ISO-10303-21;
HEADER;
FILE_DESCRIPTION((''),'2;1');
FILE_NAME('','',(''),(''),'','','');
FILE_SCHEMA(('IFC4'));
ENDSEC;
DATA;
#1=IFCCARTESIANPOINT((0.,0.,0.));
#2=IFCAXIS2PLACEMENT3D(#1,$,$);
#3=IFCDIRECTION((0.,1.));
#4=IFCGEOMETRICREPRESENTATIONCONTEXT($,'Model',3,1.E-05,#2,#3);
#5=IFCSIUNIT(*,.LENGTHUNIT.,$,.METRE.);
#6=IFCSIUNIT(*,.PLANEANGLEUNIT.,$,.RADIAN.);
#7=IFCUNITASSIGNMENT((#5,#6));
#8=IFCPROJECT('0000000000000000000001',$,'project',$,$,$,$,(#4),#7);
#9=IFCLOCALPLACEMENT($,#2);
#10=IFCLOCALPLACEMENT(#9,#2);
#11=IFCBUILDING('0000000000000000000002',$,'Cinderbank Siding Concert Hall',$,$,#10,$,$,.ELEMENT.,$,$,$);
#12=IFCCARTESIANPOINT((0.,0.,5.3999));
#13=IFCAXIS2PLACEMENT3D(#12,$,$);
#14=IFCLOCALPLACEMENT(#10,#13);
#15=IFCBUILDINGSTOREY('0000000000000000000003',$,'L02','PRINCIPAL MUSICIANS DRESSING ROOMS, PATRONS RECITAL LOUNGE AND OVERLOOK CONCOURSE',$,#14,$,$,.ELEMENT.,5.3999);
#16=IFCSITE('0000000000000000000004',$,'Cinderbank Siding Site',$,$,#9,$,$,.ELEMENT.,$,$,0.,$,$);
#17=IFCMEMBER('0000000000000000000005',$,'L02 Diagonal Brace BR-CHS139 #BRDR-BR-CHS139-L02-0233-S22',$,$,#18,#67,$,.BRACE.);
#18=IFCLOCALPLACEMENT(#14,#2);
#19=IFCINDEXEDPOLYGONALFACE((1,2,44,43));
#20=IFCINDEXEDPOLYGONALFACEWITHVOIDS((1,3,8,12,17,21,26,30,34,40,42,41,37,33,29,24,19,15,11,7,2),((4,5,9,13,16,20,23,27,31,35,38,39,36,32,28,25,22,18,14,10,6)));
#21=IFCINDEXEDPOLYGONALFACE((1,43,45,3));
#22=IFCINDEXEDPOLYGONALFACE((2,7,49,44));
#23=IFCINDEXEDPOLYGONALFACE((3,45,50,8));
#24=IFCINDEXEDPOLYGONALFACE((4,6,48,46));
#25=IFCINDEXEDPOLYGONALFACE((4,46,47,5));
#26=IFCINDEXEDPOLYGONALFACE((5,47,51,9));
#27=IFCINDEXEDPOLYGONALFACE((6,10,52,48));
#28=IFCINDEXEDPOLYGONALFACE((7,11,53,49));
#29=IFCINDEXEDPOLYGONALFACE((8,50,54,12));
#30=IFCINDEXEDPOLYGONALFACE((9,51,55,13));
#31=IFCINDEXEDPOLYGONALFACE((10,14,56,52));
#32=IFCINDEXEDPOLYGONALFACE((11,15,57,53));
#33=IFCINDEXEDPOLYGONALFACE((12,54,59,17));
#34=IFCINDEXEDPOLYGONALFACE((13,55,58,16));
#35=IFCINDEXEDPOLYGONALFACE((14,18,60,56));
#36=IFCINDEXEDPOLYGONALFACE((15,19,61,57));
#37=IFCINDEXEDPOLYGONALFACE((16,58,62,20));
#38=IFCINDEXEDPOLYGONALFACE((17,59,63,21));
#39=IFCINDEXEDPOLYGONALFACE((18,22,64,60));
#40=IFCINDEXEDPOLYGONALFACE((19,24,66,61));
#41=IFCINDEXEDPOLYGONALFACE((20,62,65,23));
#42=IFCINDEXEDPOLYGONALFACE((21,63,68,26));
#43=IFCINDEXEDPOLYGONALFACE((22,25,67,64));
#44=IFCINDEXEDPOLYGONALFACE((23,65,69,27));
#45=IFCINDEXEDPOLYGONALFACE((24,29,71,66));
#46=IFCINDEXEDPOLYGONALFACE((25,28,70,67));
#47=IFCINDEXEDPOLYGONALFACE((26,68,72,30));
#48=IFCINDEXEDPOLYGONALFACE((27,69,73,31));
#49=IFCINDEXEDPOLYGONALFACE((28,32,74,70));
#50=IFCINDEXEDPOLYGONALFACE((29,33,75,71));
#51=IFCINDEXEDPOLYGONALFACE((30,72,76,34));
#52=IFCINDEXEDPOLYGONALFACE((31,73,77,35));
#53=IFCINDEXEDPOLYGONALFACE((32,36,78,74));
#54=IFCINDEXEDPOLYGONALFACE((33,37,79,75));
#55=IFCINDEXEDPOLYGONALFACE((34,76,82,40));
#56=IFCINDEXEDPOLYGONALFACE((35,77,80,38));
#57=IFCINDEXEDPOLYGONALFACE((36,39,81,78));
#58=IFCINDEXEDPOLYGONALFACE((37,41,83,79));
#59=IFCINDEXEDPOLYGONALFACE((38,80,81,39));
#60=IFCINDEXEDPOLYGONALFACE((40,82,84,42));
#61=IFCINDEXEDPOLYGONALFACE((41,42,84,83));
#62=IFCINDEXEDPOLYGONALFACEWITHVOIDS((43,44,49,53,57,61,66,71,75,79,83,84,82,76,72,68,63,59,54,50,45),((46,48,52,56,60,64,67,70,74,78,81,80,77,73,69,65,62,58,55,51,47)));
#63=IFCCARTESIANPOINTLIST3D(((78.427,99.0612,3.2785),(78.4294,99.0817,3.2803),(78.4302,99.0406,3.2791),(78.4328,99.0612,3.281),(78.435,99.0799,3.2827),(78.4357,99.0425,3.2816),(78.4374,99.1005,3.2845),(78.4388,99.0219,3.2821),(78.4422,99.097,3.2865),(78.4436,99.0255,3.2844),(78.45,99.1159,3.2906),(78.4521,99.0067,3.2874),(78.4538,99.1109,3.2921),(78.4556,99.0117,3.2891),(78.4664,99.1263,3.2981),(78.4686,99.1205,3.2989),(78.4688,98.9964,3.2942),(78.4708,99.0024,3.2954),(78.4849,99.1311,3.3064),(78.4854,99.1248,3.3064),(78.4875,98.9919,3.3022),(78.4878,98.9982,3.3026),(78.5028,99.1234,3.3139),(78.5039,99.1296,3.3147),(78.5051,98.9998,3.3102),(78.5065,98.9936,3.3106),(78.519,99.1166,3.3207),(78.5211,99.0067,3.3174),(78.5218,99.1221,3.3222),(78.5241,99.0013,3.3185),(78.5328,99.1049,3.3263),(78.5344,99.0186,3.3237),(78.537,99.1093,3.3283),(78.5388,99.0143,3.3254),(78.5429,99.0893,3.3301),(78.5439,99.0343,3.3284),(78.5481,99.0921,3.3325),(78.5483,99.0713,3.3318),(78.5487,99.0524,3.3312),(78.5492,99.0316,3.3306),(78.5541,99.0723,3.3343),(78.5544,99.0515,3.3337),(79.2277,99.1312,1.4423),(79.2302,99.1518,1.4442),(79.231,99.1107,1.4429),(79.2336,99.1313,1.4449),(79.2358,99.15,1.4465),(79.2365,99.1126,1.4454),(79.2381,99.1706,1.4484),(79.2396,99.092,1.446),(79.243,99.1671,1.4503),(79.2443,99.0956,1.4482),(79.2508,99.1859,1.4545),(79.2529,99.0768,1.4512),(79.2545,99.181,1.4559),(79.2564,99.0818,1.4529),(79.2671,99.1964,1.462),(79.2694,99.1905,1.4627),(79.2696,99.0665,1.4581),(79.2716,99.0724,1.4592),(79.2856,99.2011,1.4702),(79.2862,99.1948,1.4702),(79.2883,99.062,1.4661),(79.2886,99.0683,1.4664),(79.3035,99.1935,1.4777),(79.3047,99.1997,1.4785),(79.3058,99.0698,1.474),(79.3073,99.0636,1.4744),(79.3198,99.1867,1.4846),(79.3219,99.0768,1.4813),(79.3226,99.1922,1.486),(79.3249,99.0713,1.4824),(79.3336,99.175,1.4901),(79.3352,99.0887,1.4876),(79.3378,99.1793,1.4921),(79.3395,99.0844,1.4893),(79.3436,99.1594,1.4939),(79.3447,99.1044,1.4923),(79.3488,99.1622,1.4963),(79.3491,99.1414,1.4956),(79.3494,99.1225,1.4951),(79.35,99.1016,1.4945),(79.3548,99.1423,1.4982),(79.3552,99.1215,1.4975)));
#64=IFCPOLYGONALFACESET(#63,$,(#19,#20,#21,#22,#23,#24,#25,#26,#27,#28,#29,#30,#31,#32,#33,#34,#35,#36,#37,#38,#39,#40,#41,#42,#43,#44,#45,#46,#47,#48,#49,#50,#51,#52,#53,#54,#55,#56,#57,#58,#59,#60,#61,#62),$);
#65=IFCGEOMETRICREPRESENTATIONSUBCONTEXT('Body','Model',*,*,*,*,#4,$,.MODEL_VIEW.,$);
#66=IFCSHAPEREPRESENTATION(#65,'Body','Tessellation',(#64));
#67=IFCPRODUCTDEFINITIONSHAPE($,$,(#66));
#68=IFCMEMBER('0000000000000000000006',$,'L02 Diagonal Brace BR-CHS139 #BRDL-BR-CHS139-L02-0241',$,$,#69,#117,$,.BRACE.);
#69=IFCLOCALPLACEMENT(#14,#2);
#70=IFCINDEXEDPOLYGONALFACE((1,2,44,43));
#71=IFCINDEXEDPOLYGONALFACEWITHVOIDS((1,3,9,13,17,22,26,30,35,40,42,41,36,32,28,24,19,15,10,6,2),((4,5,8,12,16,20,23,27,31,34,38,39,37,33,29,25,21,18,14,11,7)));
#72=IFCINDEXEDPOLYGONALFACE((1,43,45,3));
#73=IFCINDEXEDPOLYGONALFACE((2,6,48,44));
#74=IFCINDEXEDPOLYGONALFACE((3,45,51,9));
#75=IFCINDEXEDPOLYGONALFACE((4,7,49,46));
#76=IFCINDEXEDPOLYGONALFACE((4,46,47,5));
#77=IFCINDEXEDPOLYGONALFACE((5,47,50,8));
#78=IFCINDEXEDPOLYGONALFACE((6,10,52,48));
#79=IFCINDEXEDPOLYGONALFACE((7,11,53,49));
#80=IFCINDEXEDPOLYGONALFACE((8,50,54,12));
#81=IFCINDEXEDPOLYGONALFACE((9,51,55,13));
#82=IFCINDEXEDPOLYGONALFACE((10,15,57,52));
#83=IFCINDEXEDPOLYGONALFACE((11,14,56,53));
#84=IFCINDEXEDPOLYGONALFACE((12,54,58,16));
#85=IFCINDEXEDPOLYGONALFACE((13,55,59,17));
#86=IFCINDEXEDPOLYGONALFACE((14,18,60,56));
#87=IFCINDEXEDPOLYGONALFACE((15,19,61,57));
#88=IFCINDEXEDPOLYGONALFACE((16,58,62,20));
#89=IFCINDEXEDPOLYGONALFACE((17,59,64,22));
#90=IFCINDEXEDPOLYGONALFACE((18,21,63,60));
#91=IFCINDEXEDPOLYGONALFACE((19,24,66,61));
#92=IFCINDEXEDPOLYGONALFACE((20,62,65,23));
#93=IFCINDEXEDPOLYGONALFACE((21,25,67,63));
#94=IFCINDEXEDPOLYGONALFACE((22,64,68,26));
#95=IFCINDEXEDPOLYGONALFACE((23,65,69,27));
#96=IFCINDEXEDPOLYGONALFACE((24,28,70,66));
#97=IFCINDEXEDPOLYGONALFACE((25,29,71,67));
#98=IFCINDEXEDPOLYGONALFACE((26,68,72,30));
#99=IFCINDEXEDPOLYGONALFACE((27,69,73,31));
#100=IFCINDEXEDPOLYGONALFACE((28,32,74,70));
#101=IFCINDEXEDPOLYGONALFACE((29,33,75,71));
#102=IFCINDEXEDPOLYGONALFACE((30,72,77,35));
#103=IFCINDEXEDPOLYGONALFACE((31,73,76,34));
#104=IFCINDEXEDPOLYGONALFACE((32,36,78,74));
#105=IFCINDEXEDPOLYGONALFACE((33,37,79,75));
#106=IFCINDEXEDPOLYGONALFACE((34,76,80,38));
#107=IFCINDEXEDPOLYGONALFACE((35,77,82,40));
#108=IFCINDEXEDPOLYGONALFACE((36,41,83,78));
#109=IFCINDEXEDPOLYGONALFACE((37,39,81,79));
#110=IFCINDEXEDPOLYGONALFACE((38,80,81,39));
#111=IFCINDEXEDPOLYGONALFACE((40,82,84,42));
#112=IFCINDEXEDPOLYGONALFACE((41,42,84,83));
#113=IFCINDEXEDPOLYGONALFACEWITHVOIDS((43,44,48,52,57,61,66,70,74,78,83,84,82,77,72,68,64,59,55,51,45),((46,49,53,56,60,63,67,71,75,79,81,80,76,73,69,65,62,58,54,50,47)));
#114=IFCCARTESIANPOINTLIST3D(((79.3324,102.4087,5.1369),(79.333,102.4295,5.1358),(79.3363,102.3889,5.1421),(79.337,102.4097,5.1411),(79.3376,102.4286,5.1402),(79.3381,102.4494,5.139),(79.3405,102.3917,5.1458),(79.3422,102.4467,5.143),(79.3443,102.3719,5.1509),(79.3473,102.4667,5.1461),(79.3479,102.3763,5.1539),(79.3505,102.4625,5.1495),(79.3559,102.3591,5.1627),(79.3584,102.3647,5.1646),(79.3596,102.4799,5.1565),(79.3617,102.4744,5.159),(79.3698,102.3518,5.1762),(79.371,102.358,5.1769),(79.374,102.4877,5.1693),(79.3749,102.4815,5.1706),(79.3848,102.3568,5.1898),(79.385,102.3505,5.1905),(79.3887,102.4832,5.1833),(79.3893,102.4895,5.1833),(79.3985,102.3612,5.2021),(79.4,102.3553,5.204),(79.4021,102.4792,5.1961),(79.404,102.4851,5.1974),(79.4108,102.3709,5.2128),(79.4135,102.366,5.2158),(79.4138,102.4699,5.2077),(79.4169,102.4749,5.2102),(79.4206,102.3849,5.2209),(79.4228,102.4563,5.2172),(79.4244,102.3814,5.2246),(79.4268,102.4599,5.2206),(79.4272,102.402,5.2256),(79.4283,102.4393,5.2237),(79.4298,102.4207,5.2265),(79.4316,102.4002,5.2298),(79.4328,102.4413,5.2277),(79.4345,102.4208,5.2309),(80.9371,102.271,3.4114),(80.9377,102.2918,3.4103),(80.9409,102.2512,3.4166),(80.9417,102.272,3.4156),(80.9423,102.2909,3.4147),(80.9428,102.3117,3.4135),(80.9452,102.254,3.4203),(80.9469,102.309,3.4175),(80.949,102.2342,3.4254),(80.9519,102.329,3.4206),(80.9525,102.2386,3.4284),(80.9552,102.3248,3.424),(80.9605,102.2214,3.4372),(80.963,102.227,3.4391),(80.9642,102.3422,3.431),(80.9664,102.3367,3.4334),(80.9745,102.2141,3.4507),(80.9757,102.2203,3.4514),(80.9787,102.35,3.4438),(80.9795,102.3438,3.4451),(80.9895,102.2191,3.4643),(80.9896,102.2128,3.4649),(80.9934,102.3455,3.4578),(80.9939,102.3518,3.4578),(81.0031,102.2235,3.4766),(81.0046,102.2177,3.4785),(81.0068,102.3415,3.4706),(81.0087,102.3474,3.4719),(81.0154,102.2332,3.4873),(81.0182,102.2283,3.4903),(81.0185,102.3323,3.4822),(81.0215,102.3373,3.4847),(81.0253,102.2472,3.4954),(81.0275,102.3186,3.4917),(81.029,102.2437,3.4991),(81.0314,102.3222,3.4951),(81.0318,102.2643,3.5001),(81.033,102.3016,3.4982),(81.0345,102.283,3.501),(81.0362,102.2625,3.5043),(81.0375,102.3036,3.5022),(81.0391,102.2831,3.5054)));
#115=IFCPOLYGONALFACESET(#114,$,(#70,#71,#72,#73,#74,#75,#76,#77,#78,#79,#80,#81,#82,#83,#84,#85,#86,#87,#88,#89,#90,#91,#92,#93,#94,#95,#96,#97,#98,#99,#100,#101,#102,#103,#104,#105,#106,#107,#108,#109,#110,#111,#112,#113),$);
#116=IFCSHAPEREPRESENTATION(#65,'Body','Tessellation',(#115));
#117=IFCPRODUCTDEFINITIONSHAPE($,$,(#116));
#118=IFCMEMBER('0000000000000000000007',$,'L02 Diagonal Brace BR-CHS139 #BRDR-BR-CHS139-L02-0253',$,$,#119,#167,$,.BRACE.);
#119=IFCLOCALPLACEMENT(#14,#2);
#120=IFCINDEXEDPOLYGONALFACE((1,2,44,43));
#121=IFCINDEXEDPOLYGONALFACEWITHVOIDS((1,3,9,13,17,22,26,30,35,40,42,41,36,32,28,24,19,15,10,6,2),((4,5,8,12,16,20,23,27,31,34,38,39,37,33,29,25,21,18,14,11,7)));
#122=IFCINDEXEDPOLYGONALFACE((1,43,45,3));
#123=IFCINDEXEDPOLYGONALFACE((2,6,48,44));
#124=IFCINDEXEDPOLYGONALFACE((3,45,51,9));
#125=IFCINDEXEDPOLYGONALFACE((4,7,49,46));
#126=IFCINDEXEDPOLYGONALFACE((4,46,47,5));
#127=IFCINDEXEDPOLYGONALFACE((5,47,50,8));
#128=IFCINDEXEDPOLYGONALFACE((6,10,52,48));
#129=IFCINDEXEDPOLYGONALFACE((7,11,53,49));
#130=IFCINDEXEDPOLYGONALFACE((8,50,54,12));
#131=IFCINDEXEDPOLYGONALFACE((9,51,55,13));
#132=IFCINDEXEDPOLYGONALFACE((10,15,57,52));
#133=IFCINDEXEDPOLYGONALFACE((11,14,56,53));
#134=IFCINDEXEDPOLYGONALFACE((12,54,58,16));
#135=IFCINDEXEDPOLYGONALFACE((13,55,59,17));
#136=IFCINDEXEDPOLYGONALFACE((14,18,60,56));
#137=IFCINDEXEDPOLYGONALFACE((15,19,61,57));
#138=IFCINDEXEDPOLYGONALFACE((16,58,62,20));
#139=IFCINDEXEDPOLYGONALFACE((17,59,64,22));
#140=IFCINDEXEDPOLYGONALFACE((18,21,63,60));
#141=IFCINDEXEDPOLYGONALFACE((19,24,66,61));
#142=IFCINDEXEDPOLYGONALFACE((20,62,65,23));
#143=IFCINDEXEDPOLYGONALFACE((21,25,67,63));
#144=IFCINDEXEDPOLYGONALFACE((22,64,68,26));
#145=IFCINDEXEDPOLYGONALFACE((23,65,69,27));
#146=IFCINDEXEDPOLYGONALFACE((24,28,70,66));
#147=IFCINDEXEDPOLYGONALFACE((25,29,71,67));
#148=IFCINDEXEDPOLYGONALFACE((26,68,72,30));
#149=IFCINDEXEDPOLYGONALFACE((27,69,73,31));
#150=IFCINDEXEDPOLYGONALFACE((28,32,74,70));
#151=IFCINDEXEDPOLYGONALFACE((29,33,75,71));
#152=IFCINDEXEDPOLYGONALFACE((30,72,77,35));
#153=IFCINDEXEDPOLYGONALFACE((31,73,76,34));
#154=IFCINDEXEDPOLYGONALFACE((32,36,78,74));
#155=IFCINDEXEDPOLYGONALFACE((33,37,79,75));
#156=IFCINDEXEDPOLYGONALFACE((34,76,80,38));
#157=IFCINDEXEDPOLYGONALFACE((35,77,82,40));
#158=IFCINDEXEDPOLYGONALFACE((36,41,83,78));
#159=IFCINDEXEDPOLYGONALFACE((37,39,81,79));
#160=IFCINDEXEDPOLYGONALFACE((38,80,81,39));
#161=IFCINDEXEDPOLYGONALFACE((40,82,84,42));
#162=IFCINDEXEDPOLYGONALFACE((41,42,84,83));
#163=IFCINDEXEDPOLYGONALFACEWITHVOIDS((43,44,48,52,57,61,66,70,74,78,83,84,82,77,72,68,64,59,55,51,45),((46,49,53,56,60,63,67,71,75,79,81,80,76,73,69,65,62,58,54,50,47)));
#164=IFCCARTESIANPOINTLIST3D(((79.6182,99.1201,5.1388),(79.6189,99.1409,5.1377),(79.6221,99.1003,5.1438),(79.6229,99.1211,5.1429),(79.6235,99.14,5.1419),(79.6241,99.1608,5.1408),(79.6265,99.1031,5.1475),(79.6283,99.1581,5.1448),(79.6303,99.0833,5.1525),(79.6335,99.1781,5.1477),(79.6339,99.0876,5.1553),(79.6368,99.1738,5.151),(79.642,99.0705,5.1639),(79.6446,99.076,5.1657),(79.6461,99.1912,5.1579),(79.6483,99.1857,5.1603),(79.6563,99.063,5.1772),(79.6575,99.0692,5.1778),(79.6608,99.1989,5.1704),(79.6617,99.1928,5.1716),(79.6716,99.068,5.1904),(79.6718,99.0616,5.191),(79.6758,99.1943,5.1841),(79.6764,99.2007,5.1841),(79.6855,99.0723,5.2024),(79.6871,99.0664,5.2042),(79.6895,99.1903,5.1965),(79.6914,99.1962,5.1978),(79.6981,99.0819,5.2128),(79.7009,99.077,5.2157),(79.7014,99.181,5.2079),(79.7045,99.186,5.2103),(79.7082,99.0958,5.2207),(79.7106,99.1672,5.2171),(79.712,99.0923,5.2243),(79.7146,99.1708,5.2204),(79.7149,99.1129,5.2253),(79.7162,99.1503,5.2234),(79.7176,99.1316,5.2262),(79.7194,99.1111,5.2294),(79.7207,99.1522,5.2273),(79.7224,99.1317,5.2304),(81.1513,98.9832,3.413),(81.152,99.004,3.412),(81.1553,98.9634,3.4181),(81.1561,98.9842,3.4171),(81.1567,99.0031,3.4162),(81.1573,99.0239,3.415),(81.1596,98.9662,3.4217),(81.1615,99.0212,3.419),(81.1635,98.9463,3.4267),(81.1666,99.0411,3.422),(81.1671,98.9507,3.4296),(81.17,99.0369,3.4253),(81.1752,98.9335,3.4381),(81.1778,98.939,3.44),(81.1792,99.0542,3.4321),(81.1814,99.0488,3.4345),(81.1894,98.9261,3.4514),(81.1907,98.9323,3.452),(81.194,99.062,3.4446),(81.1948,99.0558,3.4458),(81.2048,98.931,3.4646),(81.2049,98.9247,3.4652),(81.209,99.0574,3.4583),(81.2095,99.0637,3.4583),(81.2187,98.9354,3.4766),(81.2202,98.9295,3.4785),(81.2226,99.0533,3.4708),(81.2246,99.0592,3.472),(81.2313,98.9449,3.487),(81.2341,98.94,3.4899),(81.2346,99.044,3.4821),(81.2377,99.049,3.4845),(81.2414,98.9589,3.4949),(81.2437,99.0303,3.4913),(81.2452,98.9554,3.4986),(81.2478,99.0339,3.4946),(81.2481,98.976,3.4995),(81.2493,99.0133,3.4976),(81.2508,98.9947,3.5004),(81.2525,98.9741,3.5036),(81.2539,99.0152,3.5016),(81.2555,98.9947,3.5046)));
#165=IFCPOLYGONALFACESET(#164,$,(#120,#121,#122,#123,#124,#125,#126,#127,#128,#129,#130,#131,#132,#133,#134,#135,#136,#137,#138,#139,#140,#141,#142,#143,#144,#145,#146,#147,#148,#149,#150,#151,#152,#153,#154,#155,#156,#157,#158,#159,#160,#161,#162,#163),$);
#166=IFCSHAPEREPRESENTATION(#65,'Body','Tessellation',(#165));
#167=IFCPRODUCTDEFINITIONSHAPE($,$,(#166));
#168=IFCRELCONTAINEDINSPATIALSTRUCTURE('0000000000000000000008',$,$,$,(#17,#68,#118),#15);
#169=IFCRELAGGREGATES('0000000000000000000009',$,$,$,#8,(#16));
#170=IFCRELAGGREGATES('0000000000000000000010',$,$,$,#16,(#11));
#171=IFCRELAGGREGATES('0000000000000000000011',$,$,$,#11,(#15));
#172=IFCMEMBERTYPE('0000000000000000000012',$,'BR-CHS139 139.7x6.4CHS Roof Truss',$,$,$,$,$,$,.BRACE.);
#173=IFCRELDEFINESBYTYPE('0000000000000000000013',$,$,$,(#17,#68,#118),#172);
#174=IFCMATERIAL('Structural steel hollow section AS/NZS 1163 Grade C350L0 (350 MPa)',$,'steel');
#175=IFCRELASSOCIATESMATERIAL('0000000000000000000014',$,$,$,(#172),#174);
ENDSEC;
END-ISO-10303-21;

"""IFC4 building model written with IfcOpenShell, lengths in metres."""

from ifc_helpers import new_model, si_unit, direction, frame, origin, origin_2d, place, context, subcontext, project, spatial, hollow_circle, extrude, material, material_profile, profile_set, type_object, element, save


model = new_model("IFC4")

# Units and contexts
model_context = context("Model", 3, precision=1e-05, world=origin(), true_north=direction((0.0, 1.0)))
body_context = subcontext(model_context, "Body", "Model", "MODEL_VIEW")
ifc_project = project(units=[si_unit("LENGTHUNIT", "METRE"), si_unit("PLANEANGLEUNIT", "RADIAN")], contexts=[model_context])

# Site, building, storey
site_placement = place(None, origin())
site = spatial("IfcSite", under=ifc_project, at=site_placement, Name="Cinderbank Siding Site", CompositionType="ELEMENT", RefElevation=0.0)
building_placement = place(site_placement, origin())
building = spatial("IfcBuilding", under=site, at=building_placement, Name="Cinderbank Siding Concert Hall", CompositionType="ELEMENT")
storey_placement = place(building_placement, frame((0.0, 0.0, 5.3999)))
storey = spatial("IfcBuildingStorey", under=building, at=storey_placement, Name="L02", Description="PRINCIPAL MUSICIANS DRESSING ROOMS, PATRONS RECITAL LOUNGE AND OVERLOOK CONCOURSE", CompositionType="ELEMENT", Elevation=5.3999)

# Members
ifc_material_1 = material(Name="Structural steel hollow section AS/NZS 1163 Grade C350L0 (350 MPa)", Category="steel")
ifc_material_profile_1 = material_profile(ifc_material_1, hollow_circle(Radius=0.0698, WallThickness=0.0063, at=origin_2d()), Name="139.7x6.4CHS", Category="LoadBearing")
ifc_profile_set_1 = profile_set([ifc_material_profile_1], Name="Structural steel hollow section AS/NZS 1163 Grade C350L0 (350 MPa)")
member_type_1 = type_object("IfcMemberType", Name="BR-CHS139 139.7x6.4CHS Roof Truss", PredefinedType="BRACE", material=ifc_profile_set_1)
member_1_placement = place(storey_placement, frame((78.491, 99.0615, 3.3064), z_axis=(0.399507, 0.034957, -0.916064), x_axis=(-0.087167, 0.996194, 0.0)))
element("IfcMember", 1, at=member_1_placement, inside=storey, type_object=member_type_1, Name="L02 Diagonal Brace BR-CHS139 #BRDR-BR-CHS139-L02-0233-S22", PredefinedType="BRACE", context=body_context, shape_type="SweptSolid", body=[
    extrude(hollow_circle(Radius=0.0698, WallThickness=0.0063, at=origin_2d()), origin(), (0.0, 0.0, 1.0), 2.0044),
])
member_2_placement = place(storey_placement, frame((79.3833, 102.4199, 5.1833), z_axis=(0.67984, -0.058334, -0.731037), x_axis=(0.085491, 0.996339, 0.0)))
element("IfcMember", 2, at=member_2_placement, inside=storey, type_object=member_type_1, Name="L02 Diagonal Brace BR-CHS139 #BRDL-BR-CHS139-L02-0241", PredefinedType="BRACE", context=body_context, shape_type="SweptSolid", body=[
    extrude(hollow_circle(Radius=0.0698, WallThickness=0.0063, at=origin_2d()), origin(), (0.0, 0.0, 1.0), 2.3604),
])
member_3_placement = place(storey_placement, frame((79.6702, 99.1311, 5.1841), z_axis=(0.662988, -0.059226, -0.746284), x_axis=(0.088977, 0.996034, 0.0)))
element("IfcMember", 3, at=member_3_placement, inside=storey, type_object=member_type_1, Name="L02 Diagonal Brace BR-CHS139 #BRDR-BR-CHS139-L02-0253", PredefinedType="BRACE", context=body_context, shape_type="SweptSolid", body=[
    extrude(hollow_circle(Radius=0.0698, WallThickness=0.0063, at=origin_2d()), origin(), (0.0, 0.0, 1.0), 2.3125),
])

save(model, "model.ifc")
